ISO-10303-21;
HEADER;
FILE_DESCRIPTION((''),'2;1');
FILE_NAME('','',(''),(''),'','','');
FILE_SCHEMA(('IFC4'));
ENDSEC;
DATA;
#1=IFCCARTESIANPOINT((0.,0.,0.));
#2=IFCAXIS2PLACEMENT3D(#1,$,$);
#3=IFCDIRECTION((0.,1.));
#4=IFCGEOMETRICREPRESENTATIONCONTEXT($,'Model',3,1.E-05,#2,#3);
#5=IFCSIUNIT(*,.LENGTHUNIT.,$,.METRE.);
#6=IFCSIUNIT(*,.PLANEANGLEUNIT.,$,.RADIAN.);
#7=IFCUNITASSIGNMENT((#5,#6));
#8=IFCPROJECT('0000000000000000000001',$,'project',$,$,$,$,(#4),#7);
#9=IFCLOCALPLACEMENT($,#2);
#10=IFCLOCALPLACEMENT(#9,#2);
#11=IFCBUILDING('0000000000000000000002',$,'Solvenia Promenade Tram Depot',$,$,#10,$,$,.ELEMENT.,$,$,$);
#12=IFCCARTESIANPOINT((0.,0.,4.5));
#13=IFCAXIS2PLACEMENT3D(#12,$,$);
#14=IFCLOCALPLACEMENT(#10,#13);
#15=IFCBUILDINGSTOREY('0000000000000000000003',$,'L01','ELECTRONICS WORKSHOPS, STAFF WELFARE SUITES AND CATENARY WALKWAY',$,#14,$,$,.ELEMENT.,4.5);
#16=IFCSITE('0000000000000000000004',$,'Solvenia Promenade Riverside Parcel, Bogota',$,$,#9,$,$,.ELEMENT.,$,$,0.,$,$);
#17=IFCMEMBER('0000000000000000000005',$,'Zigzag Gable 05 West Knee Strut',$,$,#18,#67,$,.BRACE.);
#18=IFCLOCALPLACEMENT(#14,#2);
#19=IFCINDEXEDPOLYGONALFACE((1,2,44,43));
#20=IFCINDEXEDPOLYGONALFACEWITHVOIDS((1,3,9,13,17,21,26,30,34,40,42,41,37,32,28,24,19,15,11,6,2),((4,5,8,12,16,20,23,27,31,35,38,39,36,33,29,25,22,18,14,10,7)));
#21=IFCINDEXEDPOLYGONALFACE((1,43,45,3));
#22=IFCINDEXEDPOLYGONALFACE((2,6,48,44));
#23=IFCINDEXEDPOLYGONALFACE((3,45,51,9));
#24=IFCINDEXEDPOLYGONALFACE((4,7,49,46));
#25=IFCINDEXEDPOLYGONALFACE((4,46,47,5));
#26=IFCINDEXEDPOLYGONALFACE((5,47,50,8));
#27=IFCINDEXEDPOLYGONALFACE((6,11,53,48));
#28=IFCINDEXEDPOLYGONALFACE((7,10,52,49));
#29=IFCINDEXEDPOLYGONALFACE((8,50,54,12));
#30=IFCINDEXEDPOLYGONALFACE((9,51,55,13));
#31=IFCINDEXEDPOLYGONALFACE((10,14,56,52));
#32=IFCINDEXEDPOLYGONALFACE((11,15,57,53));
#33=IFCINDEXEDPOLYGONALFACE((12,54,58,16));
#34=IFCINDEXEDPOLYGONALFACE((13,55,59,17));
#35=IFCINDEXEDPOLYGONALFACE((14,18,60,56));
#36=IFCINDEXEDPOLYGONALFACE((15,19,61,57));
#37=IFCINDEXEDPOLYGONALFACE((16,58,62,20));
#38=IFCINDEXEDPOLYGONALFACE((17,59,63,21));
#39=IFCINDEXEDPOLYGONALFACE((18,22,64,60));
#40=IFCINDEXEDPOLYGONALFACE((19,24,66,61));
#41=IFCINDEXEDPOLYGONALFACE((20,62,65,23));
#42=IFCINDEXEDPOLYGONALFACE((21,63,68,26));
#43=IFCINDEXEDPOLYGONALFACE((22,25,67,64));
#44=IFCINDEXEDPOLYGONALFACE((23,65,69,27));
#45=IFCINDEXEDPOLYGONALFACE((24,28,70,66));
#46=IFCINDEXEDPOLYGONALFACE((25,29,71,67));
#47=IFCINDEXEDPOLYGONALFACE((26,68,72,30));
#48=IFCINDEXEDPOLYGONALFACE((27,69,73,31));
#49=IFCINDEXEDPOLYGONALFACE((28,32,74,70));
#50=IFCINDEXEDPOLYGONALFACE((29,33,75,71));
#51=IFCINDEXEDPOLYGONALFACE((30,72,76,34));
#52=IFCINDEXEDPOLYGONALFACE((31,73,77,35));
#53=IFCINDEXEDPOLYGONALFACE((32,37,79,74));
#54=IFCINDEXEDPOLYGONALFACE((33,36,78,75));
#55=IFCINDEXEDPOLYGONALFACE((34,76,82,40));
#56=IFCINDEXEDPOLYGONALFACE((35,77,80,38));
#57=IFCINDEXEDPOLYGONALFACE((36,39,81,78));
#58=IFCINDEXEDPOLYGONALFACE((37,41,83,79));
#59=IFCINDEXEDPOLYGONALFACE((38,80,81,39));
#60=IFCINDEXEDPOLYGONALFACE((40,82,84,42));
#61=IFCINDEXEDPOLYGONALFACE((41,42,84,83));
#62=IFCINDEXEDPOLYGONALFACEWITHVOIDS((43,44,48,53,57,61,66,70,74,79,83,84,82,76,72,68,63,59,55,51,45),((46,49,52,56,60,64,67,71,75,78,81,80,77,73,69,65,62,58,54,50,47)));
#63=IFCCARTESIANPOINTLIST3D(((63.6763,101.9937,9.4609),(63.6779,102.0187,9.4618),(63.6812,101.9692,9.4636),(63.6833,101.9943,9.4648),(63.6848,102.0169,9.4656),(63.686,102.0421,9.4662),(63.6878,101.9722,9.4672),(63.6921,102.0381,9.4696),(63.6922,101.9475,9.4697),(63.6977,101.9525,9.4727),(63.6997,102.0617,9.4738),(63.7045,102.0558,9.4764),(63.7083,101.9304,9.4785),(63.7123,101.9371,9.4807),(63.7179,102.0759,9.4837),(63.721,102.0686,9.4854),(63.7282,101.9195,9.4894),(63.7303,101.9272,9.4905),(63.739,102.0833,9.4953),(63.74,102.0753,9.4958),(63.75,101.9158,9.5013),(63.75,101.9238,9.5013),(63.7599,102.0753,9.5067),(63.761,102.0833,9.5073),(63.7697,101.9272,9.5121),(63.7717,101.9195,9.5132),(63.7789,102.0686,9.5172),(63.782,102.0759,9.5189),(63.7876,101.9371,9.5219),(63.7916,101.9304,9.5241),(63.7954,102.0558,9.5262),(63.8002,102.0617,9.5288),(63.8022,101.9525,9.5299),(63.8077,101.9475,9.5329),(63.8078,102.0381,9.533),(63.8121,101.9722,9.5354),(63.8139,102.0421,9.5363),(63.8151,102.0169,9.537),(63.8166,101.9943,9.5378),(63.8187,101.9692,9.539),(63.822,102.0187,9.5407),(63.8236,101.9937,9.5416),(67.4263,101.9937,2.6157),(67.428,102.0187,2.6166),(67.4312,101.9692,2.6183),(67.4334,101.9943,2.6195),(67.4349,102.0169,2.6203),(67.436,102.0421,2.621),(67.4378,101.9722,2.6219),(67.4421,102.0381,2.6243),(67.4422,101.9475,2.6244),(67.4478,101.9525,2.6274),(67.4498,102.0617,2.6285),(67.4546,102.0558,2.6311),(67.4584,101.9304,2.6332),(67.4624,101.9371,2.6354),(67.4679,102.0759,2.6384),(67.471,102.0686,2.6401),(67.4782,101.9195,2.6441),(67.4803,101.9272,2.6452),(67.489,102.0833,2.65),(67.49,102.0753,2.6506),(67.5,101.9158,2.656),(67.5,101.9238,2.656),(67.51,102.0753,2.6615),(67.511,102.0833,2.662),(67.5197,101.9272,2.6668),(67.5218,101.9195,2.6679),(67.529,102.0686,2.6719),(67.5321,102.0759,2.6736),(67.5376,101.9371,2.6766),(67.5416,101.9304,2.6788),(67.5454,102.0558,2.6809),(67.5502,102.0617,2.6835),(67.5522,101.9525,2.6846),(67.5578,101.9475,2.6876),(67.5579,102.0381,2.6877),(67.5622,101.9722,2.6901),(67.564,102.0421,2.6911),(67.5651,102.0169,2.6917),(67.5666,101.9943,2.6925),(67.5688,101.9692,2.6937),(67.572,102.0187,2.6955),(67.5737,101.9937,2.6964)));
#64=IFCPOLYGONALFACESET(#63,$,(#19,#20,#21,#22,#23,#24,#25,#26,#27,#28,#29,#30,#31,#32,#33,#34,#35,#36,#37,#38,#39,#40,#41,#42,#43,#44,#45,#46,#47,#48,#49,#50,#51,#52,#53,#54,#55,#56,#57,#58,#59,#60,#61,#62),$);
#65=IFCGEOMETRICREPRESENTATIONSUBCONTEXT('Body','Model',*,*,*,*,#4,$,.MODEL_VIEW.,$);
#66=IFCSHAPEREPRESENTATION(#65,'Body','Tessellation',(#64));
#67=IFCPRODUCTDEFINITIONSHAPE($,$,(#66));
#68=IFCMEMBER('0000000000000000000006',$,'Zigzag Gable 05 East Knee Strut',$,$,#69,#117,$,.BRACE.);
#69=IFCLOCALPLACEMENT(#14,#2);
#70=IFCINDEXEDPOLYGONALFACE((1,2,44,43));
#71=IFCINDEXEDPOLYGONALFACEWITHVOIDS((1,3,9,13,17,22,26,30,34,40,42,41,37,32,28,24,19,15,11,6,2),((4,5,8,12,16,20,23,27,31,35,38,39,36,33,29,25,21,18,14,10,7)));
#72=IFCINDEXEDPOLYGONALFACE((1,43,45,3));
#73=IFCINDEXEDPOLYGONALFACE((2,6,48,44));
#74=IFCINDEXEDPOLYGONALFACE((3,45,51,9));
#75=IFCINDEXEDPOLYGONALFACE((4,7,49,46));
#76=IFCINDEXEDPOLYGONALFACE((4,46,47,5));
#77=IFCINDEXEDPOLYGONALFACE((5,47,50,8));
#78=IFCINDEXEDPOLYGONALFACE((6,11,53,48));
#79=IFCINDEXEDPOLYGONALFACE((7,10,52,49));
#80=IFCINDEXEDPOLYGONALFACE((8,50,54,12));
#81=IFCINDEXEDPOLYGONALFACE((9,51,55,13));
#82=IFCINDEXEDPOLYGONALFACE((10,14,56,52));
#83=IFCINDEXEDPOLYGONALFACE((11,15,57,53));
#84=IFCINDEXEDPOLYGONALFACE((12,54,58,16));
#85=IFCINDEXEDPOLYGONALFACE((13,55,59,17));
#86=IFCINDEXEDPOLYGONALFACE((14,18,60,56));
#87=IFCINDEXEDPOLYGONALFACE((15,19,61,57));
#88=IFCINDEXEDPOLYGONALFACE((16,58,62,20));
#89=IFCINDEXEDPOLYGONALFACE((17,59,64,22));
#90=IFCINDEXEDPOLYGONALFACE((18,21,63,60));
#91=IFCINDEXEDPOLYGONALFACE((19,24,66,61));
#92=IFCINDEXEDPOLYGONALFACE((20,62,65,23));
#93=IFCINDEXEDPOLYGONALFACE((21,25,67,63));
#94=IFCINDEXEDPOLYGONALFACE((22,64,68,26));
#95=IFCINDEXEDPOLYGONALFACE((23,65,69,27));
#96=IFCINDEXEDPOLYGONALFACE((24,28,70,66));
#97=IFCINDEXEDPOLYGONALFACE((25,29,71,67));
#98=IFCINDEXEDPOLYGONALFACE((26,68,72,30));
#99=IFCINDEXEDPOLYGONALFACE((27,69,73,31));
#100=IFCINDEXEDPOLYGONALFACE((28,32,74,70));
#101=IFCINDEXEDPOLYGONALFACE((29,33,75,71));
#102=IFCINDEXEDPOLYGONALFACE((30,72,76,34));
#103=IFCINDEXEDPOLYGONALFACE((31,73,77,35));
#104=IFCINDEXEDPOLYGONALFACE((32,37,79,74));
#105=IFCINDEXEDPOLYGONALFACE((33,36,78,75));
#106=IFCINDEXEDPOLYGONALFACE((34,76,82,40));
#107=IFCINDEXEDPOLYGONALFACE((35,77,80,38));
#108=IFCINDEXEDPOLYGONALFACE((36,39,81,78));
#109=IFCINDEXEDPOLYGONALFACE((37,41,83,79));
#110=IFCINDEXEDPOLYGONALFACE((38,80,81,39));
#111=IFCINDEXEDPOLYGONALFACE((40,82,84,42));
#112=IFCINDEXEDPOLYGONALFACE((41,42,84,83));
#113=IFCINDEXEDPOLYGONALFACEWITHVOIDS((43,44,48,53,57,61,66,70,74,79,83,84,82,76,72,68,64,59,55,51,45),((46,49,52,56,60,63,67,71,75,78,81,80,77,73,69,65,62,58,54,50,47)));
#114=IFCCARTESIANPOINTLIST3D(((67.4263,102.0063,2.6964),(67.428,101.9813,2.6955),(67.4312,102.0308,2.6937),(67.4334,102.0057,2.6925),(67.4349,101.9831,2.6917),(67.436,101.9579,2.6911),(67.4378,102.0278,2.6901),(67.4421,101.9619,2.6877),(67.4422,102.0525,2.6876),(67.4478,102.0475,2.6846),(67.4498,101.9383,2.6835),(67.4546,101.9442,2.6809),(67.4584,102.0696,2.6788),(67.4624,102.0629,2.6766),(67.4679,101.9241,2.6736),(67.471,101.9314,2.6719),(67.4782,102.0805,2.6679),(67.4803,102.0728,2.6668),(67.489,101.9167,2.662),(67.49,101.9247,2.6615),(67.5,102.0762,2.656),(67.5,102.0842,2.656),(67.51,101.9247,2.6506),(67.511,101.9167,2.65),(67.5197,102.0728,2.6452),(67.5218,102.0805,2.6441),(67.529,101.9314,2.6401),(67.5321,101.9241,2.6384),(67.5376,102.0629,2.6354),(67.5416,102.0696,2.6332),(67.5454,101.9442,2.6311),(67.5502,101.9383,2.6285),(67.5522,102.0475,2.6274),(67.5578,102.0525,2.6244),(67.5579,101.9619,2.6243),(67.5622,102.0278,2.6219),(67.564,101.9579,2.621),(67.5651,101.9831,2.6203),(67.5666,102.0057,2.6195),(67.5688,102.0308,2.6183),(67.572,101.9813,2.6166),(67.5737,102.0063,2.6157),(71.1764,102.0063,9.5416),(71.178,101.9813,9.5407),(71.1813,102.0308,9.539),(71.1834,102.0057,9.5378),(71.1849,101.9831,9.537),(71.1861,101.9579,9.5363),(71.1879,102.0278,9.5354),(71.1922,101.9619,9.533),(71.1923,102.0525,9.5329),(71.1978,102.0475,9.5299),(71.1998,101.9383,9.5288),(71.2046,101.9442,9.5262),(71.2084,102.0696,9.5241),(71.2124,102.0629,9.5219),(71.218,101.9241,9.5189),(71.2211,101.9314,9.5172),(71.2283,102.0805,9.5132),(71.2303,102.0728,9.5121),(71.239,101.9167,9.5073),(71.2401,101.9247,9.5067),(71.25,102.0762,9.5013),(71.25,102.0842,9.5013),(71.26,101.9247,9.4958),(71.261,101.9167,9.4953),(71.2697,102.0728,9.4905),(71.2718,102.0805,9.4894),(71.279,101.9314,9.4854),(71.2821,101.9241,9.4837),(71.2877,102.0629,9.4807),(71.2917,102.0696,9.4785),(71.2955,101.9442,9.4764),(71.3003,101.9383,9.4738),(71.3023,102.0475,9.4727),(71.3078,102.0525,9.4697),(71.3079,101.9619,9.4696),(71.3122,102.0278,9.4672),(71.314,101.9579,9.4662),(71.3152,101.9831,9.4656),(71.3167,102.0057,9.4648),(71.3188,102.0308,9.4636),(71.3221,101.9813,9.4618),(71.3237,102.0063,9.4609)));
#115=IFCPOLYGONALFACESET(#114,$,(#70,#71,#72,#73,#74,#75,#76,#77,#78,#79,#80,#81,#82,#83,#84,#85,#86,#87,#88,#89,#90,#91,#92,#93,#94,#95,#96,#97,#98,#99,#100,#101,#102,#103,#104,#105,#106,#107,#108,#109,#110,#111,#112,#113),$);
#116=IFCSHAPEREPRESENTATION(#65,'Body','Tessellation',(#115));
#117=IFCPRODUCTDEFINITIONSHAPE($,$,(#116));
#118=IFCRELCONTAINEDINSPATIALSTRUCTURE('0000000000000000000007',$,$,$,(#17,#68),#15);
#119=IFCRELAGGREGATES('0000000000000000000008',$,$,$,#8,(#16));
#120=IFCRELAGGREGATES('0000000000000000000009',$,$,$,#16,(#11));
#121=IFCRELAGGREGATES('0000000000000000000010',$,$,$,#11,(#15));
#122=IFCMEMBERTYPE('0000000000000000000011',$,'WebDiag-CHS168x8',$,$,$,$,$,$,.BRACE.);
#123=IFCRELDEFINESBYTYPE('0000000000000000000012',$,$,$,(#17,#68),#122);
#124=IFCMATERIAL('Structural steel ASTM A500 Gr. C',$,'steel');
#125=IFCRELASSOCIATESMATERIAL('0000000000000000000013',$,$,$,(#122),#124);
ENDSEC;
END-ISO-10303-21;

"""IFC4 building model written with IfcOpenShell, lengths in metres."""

from ifc_helpers import new_model, si_unit, direction, frame, origin, origin_2d, place, context, subcontext, project, spatial, hollow_circle, extrude, material, material_profile, profile_set, type_object, element, save


model = new_model("IFC4")

# Units and contexts
model_context = context("Model", 3, precision=1e-05, world=origin(), true_north=direction((0.0, 1.0)))
body_context = subcontext(model_context, "Body", "Model", "MODEL_VIEW")
ifc_project = project(units=[si_unit("LENGTHUNIT", "METRE"), si_unit("PLANEANGLEUNIT", "RADIAN")], contexts=[model_context])

# Site, building, storey
site_placement = place(None, origin())
site = spatial("IfcSite", under=ifc_project, at=site_placement, Name="Solvenia Promenade Riverside Parcel, Bogota", CompositionType="ELEMENT", RefElevation=0.0)
building_placement = place(site_placement, origin())
building = spatial("IfcBuilding", under=site, at=building_placement, Name="Solvenia Promenade Tram Depot", CompositionType="ELEMENT")
storey_placement = place(building_placement, frame((0.0, 0.0, 4.5)))
storey = spatial("IfcBuildingStorey", under=building, at=storey_placement, Name="L01", Description="ELECTRONICS WORKSHOPS, STAFF WELFARE SUITES AND CATENARY WALKWAY", CompositionType="ELEMENT", Elevation=4.5)

# Shared definitions
ifc_material_1 = material(Name="Structural steel ASTM A500 Gr. C", Category="steel")

# Members
ifc_material_profile_1 = material_profile(ifc_material_1, hollow_circle(Radius=0.0842, WallThickness=0.0081, at=origin_2d()), Name="CHS168.3x8", Category="steel")
ifc_profile_set_1 = profile_set([ifc_material_profile_1], Name="Structural steel ASTM A500 Gr. C")
member_type_1 = type_object("IfcMemberType", Name="WebDiag-CHS168x8", PredefinedType="BRACE", material=ifc_profile_set_1)
for number, where, z_axis, x_axis, name in (
    (1, (67.5, 102.0, 2.656), (-0.480456, 0.0, 0.877019), (0.0, -1.0, 0.0), "Zigzag Gable 05 West Knee Strut"),
    (2, (67.5, 102.0, 2.656), (0.480456, 0.0, 0.877019), (0.0, 1.0, 0.0), "Zigzag Gable 05 East Knee Strut"),
):
    element("IfcMember", number, at=place(storey_placement, frame(where, z_axis=z_axis, x_axis=x_axis)), inside=storey, type_object=member_type_1, Name=name, PredefinedType="BRACE", context=body_context, shape_type="SweptSolid", body=[
        extrude(hollow_circle(Radius=0.0842, WallThickness=0.0081, at=origin_2d()), origin(), (0.0, 0.0, 1.0), 7.8052),
    ])

save(model, "model.ifc")
